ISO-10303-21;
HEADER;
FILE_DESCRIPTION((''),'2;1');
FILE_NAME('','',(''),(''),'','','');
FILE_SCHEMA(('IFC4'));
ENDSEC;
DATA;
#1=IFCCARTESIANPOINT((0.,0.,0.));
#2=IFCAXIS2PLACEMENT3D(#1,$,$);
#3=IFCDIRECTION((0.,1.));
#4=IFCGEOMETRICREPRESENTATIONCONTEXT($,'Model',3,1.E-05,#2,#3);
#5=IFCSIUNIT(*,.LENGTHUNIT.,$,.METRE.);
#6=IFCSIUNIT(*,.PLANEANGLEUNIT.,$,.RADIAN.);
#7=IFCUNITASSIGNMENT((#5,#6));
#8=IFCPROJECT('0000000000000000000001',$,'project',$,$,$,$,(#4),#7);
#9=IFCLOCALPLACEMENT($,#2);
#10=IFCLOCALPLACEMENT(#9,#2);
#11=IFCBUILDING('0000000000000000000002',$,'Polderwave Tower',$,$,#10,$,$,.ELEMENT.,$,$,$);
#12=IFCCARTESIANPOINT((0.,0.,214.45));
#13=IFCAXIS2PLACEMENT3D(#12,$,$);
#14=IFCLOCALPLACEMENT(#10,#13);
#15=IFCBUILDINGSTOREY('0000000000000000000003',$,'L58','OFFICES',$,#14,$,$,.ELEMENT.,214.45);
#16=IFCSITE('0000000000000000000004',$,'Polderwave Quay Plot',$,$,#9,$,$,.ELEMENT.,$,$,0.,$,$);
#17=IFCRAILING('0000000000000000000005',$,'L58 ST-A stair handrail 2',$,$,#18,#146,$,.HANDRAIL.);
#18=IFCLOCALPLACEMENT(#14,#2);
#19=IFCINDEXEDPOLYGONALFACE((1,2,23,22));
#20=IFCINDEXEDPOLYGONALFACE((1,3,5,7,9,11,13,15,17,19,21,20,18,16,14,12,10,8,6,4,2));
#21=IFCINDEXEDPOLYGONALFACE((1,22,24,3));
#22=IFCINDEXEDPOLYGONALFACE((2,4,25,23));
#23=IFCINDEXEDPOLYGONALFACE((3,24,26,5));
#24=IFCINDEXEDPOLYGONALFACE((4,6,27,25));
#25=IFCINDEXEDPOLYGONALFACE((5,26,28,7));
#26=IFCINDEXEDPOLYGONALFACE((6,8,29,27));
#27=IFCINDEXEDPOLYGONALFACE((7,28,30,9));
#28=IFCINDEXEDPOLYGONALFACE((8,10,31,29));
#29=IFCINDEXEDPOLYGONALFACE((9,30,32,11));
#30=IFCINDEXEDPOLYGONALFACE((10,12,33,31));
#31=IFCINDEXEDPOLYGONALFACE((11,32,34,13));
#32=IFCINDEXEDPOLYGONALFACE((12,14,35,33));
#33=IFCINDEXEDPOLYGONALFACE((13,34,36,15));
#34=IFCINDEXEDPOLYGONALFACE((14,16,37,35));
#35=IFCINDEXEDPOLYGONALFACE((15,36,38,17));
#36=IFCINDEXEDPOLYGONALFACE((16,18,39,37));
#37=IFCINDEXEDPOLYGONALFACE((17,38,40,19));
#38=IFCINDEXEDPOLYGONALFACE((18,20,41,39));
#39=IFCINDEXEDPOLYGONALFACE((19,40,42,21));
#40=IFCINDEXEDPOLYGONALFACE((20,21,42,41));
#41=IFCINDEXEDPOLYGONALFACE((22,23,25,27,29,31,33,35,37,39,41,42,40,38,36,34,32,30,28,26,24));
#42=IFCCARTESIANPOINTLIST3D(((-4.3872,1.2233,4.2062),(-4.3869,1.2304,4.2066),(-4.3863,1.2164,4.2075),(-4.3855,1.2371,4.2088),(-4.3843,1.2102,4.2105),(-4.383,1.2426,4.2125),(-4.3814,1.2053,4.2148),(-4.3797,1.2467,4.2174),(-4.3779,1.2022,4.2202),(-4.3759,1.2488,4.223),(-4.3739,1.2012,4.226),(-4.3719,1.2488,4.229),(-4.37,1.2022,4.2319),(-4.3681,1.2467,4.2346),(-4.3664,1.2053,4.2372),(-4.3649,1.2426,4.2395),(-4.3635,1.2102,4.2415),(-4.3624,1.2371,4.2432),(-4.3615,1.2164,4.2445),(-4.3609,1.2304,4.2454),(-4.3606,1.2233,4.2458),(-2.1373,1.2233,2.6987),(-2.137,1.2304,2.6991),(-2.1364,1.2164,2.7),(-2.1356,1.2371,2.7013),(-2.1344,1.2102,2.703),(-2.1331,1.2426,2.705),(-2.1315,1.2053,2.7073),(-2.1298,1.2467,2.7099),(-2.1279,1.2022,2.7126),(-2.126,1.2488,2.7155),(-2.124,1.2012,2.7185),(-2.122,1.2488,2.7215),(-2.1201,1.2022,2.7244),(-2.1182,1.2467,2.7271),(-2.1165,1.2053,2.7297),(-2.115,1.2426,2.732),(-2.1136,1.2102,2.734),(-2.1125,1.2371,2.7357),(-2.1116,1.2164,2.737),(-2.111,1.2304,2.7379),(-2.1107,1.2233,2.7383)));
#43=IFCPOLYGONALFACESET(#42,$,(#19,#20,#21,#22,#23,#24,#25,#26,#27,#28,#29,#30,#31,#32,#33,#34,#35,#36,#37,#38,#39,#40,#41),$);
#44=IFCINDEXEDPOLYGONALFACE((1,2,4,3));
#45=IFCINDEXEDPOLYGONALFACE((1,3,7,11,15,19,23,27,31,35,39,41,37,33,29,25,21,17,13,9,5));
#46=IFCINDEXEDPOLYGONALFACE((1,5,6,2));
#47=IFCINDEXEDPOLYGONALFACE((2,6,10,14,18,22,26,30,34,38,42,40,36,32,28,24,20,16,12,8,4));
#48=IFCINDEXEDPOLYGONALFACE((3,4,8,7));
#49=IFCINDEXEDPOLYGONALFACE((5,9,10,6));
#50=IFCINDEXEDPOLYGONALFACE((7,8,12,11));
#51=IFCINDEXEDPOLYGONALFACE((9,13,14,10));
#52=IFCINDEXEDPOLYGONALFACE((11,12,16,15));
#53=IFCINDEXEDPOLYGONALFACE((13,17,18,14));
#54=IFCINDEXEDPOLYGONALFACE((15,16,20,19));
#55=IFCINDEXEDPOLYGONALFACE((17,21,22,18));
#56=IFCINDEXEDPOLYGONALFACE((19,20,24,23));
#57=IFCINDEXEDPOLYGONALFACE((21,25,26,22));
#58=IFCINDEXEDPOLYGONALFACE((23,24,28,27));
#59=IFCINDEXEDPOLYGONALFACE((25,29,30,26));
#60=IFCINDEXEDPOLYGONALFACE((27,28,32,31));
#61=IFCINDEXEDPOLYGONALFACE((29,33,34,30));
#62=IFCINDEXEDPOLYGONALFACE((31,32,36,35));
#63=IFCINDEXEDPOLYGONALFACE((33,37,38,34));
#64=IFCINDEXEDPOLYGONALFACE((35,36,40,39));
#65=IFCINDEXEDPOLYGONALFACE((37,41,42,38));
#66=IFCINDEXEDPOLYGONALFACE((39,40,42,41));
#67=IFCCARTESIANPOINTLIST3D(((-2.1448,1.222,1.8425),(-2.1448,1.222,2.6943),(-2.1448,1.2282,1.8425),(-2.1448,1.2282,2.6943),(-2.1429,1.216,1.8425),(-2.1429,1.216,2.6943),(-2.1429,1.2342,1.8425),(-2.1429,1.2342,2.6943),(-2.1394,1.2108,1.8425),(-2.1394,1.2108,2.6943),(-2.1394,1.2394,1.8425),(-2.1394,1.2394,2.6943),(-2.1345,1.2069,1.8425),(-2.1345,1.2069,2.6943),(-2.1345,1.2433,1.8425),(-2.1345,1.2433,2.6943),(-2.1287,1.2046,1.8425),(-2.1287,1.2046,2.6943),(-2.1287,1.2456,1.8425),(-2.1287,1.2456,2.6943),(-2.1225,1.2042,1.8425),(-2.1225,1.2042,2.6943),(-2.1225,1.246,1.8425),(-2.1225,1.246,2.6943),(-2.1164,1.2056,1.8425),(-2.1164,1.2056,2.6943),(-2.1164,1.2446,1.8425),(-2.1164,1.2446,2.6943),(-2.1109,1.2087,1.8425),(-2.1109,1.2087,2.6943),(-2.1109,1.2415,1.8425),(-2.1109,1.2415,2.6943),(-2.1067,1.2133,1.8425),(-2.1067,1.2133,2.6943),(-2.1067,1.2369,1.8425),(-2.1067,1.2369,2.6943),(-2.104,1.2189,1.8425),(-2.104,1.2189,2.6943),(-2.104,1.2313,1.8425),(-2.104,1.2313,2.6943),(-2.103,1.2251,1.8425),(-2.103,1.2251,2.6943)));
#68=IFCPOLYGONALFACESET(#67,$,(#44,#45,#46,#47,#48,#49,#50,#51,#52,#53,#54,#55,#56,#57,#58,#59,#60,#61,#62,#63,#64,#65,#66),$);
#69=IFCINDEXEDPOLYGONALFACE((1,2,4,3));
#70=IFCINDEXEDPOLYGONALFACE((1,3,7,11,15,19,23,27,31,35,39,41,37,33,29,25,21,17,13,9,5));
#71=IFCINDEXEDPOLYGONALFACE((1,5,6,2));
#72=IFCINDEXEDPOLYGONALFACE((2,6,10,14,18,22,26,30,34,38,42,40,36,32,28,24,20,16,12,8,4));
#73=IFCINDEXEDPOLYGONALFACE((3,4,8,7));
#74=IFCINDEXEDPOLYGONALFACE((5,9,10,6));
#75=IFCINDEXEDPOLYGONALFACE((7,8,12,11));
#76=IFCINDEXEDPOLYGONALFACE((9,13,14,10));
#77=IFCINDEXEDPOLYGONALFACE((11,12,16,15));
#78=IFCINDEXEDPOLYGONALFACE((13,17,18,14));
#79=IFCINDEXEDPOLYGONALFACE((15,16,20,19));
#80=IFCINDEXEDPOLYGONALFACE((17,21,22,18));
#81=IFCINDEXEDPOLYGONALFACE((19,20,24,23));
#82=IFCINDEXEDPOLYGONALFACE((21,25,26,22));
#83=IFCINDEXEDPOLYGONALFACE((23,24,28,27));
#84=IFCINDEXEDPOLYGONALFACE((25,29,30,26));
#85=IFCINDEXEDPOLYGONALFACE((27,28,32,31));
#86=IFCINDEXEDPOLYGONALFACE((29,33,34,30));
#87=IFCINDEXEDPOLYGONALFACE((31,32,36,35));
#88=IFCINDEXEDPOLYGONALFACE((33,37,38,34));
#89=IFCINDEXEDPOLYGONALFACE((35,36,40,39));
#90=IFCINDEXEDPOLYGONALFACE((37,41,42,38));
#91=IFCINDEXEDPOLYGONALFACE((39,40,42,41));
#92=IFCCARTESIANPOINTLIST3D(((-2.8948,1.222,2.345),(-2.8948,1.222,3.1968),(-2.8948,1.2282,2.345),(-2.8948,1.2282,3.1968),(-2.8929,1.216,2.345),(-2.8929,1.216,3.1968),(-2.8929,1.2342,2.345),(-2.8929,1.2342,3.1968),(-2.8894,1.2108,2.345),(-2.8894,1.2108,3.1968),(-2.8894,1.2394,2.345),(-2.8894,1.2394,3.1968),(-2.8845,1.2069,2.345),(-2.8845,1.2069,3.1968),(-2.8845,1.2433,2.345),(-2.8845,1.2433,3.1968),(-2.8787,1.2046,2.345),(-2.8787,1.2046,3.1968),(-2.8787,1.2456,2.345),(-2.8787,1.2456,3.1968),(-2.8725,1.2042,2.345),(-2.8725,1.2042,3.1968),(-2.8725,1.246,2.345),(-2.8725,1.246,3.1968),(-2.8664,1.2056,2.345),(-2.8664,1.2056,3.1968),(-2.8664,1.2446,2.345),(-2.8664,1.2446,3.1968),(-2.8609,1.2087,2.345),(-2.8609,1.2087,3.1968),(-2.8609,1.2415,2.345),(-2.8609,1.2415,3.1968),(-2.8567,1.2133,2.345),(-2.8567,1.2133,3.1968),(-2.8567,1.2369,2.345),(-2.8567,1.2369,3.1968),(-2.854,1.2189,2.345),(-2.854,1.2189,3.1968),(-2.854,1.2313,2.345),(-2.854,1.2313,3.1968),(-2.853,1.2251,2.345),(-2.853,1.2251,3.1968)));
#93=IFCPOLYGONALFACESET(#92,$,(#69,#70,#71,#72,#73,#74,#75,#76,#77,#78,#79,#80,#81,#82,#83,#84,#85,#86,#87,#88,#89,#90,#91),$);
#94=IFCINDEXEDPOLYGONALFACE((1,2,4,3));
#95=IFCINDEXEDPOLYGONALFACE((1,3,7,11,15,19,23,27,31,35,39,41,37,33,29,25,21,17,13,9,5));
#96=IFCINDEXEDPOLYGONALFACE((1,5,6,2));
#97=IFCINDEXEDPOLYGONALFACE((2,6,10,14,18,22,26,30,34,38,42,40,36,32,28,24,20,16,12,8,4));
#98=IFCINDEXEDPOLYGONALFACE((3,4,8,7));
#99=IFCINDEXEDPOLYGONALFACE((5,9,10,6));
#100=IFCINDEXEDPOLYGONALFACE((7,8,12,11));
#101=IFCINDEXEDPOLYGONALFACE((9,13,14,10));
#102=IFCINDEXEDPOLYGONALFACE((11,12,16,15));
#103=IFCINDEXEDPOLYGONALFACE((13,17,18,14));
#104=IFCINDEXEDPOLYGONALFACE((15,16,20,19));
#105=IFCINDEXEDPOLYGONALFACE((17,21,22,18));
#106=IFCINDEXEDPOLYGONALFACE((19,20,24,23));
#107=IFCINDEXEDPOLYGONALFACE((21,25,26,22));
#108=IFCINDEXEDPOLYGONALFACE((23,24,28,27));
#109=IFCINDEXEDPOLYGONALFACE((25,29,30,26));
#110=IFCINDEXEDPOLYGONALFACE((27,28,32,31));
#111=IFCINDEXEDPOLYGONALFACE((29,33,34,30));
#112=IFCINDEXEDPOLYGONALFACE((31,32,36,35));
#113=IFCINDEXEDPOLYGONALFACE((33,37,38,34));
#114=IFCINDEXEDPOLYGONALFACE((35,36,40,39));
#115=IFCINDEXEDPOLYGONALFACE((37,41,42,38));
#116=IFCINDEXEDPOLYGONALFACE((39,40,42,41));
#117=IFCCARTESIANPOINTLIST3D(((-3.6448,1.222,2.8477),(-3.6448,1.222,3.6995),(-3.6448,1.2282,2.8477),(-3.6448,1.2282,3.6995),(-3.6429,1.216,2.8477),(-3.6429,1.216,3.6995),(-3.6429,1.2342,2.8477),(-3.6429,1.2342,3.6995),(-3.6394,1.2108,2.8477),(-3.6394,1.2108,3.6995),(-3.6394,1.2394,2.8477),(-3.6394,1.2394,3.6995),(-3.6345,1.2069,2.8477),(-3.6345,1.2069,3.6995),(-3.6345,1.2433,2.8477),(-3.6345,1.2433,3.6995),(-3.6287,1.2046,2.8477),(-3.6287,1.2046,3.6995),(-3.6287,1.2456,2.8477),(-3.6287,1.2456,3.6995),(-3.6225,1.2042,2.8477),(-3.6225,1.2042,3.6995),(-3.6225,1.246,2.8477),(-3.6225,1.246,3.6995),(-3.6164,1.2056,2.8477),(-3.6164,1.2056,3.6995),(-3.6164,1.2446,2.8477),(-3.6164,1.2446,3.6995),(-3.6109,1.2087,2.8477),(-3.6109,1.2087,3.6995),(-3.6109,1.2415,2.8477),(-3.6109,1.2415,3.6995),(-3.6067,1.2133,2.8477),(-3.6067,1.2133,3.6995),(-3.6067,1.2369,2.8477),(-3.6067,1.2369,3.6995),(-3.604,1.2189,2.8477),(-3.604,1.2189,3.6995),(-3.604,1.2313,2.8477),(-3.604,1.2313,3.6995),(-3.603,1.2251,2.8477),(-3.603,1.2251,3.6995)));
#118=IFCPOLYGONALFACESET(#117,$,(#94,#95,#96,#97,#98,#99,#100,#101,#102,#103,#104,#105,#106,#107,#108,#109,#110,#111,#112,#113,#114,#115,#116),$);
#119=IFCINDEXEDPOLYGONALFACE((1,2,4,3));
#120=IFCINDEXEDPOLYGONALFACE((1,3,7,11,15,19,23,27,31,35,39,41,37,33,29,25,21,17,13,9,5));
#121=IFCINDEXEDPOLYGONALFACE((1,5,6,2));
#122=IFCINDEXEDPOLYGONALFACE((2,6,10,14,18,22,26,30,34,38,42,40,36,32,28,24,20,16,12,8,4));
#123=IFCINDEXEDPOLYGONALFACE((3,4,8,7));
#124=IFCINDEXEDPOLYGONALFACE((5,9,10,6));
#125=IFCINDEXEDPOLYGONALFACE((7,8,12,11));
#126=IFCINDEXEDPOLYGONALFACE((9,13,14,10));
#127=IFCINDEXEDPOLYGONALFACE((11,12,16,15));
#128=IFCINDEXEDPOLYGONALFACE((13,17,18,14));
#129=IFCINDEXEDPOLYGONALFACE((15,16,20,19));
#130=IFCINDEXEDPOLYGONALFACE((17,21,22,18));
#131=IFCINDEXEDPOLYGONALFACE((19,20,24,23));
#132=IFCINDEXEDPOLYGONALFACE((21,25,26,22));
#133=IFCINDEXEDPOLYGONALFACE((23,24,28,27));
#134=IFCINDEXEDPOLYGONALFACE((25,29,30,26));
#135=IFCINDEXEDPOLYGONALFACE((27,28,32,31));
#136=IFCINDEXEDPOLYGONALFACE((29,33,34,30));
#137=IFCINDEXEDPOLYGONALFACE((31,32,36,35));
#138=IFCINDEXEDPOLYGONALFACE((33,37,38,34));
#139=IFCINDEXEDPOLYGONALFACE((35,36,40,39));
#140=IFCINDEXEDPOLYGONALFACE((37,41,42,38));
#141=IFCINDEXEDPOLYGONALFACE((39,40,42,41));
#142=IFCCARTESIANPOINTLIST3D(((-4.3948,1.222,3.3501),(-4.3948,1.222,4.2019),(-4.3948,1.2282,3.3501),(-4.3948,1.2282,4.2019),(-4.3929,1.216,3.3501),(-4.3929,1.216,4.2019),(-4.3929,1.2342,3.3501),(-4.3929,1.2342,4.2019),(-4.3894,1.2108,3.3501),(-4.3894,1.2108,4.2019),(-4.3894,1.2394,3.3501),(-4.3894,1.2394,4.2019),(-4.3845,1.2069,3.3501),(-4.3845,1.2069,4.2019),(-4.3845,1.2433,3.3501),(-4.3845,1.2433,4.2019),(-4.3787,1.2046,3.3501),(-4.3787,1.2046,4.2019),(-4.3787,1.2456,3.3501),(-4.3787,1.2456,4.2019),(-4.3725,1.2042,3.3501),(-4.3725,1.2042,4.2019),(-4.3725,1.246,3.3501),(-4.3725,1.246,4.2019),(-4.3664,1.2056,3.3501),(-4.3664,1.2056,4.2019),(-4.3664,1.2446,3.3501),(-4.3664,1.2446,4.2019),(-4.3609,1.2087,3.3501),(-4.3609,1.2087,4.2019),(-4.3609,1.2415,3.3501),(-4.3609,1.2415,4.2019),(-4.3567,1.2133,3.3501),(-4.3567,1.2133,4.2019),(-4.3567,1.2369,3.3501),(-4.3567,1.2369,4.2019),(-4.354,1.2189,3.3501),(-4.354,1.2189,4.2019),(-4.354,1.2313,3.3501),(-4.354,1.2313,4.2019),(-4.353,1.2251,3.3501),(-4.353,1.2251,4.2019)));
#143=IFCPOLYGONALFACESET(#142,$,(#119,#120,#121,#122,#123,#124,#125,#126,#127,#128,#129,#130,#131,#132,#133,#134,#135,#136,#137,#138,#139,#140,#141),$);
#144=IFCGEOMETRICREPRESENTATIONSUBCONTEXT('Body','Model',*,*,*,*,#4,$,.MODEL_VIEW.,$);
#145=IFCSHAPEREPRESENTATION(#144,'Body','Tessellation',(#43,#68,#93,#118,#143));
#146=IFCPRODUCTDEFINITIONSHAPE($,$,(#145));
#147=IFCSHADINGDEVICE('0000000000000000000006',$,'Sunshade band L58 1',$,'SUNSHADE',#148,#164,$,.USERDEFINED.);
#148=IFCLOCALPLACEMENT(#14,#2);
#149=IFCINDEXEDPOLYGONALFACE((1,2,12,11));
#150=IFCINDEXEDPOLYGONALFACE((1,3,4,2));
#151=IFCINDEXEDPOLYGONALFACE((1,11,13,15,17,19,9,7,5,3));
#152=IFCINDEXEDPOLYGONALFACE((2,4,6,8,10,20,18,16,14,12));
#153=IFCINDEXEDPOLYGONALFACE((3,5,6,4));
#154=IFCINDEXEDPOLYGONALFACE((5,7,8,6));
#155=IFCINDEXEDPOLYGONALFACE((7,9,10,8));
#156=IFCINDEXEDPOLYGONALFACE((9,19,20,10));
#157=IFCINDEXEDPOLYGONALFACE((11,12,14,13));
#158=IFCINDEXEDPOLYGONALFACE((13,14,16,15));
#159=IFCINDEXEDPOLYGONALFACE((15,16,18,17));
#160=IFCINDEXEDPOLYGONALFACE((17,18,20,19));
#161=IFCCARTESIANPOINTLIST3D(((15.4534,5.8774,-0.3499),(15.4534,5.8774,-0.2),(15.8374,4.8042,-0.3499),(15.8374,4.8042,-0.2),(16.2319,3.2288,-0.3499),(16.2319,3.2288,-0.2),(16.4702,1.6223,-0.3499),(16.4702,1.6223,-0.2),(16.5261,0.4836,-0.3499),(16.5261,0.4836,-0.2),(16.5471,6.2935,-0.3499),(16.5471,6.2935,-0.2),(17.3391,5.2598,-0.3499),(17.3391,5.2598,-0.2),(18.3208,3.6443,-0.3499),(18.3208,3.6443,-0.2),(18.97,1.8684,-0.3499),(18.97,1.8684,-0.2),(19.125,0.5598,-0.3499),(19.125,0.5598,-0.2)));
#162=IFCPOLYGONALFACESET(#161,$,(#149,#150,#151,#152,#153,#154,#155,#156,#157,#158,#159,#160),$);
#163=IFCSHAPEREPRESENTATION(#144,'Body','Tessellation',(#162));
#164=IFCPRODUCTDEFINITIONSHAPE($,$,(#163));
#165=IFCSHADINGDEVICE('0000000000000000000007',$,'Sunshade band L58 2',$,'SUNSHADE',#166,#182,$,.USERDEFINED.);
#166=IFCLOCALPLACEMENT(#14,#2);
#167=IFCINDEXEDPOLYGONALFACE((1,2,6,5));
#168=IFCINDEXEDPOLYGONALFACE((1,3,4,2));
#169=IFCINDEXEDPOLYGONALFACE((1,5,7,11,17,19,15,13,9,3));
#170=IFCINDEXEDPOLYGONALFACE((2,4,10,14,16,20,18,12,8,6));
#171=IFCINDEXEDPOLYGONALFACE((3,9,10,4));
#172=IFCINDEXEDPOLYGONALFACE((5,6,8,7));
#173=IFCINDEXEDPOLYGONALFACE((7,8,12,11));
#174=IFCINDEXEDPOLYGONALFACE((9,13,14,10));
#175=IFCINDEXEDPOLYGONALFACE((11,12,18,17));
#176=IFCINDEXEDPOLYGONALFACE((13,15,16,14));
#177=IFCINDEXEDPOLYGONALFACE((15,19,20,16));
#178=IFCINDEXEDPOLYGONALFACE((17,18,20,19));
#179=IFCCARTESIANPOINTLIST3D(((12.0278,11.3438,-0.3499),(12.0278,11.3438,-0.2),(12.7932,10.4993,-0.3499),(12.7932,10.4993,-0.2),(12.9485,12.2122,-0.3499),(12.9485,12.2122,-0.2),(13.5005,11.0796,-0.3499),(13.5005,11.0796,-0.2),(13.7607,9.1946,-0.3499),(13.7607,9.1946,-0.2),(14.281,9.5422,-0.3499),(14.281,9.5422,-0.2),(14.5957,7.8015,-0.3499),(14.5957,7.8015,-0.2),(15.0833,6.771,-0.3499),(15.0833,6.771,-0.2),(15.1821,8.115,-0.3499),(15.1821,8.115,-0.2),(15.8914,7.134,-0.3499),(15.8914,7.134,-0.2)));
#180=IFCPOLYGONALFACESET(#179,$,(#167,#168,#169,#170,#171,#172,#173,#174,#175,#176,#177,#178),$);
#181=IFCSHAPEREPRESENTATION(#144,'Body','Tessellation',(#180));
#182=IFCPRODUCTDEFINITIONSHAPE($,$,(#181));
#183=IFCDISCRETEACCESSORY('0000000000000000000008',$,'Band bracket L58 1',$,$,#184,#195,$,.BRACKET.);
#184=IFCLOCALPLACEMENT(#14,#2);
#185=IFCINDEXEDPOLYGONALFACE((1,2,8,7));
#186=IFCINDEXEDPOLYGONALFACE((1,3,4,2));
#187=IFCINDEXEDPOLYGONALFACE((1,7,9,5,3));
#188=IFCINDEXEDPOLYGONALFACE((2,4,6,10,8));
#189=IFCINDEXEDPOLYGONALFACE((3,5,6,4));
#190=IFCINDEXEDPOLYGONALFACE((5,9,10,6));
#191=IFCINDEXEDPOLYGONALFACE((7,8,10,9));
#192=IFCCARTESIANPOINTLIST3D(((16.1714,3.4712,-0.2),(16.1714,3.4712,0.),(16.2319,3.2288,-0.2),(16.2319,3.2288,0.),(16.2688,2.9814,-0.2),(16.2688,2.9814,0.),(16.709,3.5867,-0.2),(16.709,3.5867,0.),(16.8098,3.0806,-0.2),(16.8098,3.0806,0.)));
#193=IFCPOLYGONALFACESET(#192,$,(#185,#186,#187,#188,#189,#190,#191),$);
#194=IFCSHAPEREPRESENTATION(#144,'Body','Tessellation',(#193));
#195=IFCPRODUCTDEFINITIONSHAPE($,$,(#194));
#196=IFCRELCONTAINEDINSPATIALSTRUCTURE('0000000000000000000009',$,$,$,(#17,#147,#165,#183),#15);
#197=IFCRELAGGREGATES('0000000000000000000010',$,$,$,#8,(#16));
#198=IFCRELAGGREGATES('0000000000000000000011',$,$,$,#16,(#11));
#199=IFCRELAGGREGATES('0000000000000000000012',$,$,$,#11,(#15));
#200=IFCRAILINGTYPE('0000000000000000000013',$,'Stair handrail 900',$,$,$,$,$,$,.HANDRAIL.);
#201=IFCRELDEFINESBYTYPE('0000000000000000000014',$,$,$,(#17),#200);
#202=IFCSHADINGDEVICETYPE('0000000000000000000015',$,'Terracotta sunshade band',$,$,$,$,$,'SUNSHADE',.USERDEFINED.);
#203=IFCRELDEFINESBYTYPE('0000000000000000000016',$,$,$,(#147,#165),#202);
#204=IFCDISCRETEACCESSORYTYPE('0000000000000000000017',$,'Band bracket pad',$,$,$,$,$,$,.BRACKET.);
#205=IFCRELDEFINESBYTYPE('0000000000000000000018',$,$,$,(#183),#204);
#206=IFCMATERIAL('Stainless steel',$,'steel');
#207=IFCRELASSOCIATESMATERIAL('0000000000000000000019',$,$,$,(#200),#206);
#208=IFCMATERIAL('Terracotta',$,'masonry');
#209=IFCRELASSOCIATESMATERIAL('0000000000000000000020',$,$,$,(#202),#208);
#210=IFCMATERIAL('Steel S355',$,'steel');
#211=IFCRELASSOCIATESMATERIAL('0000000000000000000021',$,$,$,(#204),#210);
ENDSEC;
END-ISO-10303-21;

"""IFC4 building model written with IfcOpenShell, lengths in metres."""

from ifc_helpers import new_model, si_unit, direction, frame, origin, origin_2d, place, context, subcontext, project, spatial, polyline, circle, outline, extrude, material, type_object, element, save


model = new_model("IFC4")

# Units and contexts
model_context = context("Model", 3, precision=1e-05, world=origin(), true_north=direction((0.0, 1.0)))
body_context = subcontext(model_context, "Body", "Model", "MODEL_VIEW")
ifc_project = project(units=[si_unit("LENGTHUNIT", "METRE"), si_unit("PLANEANGLEUNIT", "RADIAN")], contexts=[model_context])

# Site, building, storey
site_placement = place(None, origin())
site = spatial("IfcSite", under=ifc_project, at=site_placement, Name="Polderwave Quay Plot", CompositionType="ELEMENT", RefElevation=0.0)
building_placement = place(site_placement, origin())
building = spatial("IfcBuilding", under=site, at=building_placement, Name="Polderwave Tower", CompositionType="ELEMENT")
storey_placement = place(building_placement, frame((0.0, 0.0, 214.45)))
storey = spatial("IfcBuildingStorey", under=building, at=storey_placement, Name="L58", Description="OFFICES", CompositionType="ELEMENT", Elevation=214.45)

# Shared definitions
ifc_material_1 = material(Name="Stainless steel", Category="steel")

# Railing
railing_type_1 = type_object("IfcRailingType", Name="Stair handrail 900", PredefinedType="HANDRAIL", material=ifc_material_1)
railing_1_placement = place(storey_placement, frame((-2.124, 1.2251, 1.8425)))
element("IfcRailing", 1, at=railing_1_placement, inside=storey, type_object=railing_type_1, Name="L58 ST-A stair handrail 2", PredefinedType="HANDRAIL", context=body_context, shape_type="SweptSolid", body=[
    extrude(circle(Radius=0.0239, at=origin_2d()), frame((0.0, 0.0, 0.876), z_axis=(-0.830758, 0.0, 0.556633), x_axis=(0.0, -1.0, 0.0)), (0.0, 0.0, 1.0), 2.7083),
    extrude(circle(Radius=0.021, at=origin_2d()), origin(), (0.0, 0.0, 1.0), 0.8518),
    extrude(circle(Radius=0.021, at=origin_2d()), frame((-0.75, 0.0, 0.5024)), (0.0, 0.0, 1.0), 0.8518),
    extrude(circle(Radius=0.021, at=origin_2d()), frame((-1.5, 0.0, 1.0051)), (0.0, 0.0, 1.0), 0.8518),
    extrude(circle(Radius=0.021, at=origin_2d()), frame((-2.25, 0.0, 1.5076)), (0.0, 0.0, 1.0), 0.8518),
])

# Shading devices
ifc_material_2 = material(Name="Terracotta", Category="masonry")
shading_device_type = type_object("IfcShadingDeviceType", Name="Terracotta sunshade band", ElementType="SUNSHADE", PredefinedType="USERDEFINED", material=ifc_material_2)
shading_device_1_placement = place(storey_placement, frame((0.0, 0.0, -0.3499)))
element("IfcShadingDevice", 2, at=shading_device_1_placement, inside=storey, type_object=shading_device_type, Name="Sunshade band L58 1", ObjectType="SUNSHADE", PredefinedType="USERDEFINED", context=body_context, shape_type="SweptSolid", body=[
    extrude(outline(polyline([(16.5261, 0.4836), (16.4702, 1.6223), (16.2319, 3.2288), (15.8374, 4.8042), (15.4534, 5.8774), (16.5471, 6.2935), (17.3391, 5.2598), (18.3208, 3.6443), (18.97, 1.8684), (19.125, 0.5598), (16.5261, 0.4836)])), origin(), (0.0, 0.0, 1.0), 0.1499),
])
shading_device_2_placement = place(storey_placement, frame((0.0, 0.0, -0.3499)))
element("IfcShadingDevice", 3, at=shading_device_2_placement, inside=storey, type_object=shading_device_type, Name="Sunshade band L58 2", ObjectType="SUNSHADE", PredefinedType="USERDEFINED", context=body_context, shape_type="SweptSolid", body=[
    extrude(outline(polyline([(15.0833, 6.771), (14.5957, 7.8015), (13.7607, 9.1946), (12.7932, 10.4993), (12.0278, 11.3438), (12.9485, 12.2122), (13.5005, 11.0796), (14.281, 9.5422), (15.1821, 8.115), (15.8914, 7.134), (15.0833, 6.771)])), origin(), (0.0, 0.0, 1.0), 0.1499),
])

# Discrete accessory
ifc_material_3 = material(Name="Steel S355", Category="steel")
discrete_accessory_type = type_object("IfcDiscreteAccessoryType", Name="Band bracket pad", PredefinedType="BRACKET", material=ifc_material_3)
discrete_accessory_placement = place(storey_placement, frame((0.0, 0.0, -0.2)))
element("IfcDiscreteAccessory", 4, at=discrete_accessory_placement, inside=storey, type_object=discrete_accessory_type, Name="Band bracket L58 1", PredefinedType="BRACKET", context=body_context, shape_type="SweptSolid", body=[
    extrude(outline(polyline([(16.2688, 2.9814), (16.2319, 3.2288), (16.1714, 3.4712), (16.709, 3.5867), (16.8098, 3.0806), (16.2688, 2.9814)])), origin(), (0.0, 0.0, 1.0), 0.2),
])

save(model, "model.ifc")
